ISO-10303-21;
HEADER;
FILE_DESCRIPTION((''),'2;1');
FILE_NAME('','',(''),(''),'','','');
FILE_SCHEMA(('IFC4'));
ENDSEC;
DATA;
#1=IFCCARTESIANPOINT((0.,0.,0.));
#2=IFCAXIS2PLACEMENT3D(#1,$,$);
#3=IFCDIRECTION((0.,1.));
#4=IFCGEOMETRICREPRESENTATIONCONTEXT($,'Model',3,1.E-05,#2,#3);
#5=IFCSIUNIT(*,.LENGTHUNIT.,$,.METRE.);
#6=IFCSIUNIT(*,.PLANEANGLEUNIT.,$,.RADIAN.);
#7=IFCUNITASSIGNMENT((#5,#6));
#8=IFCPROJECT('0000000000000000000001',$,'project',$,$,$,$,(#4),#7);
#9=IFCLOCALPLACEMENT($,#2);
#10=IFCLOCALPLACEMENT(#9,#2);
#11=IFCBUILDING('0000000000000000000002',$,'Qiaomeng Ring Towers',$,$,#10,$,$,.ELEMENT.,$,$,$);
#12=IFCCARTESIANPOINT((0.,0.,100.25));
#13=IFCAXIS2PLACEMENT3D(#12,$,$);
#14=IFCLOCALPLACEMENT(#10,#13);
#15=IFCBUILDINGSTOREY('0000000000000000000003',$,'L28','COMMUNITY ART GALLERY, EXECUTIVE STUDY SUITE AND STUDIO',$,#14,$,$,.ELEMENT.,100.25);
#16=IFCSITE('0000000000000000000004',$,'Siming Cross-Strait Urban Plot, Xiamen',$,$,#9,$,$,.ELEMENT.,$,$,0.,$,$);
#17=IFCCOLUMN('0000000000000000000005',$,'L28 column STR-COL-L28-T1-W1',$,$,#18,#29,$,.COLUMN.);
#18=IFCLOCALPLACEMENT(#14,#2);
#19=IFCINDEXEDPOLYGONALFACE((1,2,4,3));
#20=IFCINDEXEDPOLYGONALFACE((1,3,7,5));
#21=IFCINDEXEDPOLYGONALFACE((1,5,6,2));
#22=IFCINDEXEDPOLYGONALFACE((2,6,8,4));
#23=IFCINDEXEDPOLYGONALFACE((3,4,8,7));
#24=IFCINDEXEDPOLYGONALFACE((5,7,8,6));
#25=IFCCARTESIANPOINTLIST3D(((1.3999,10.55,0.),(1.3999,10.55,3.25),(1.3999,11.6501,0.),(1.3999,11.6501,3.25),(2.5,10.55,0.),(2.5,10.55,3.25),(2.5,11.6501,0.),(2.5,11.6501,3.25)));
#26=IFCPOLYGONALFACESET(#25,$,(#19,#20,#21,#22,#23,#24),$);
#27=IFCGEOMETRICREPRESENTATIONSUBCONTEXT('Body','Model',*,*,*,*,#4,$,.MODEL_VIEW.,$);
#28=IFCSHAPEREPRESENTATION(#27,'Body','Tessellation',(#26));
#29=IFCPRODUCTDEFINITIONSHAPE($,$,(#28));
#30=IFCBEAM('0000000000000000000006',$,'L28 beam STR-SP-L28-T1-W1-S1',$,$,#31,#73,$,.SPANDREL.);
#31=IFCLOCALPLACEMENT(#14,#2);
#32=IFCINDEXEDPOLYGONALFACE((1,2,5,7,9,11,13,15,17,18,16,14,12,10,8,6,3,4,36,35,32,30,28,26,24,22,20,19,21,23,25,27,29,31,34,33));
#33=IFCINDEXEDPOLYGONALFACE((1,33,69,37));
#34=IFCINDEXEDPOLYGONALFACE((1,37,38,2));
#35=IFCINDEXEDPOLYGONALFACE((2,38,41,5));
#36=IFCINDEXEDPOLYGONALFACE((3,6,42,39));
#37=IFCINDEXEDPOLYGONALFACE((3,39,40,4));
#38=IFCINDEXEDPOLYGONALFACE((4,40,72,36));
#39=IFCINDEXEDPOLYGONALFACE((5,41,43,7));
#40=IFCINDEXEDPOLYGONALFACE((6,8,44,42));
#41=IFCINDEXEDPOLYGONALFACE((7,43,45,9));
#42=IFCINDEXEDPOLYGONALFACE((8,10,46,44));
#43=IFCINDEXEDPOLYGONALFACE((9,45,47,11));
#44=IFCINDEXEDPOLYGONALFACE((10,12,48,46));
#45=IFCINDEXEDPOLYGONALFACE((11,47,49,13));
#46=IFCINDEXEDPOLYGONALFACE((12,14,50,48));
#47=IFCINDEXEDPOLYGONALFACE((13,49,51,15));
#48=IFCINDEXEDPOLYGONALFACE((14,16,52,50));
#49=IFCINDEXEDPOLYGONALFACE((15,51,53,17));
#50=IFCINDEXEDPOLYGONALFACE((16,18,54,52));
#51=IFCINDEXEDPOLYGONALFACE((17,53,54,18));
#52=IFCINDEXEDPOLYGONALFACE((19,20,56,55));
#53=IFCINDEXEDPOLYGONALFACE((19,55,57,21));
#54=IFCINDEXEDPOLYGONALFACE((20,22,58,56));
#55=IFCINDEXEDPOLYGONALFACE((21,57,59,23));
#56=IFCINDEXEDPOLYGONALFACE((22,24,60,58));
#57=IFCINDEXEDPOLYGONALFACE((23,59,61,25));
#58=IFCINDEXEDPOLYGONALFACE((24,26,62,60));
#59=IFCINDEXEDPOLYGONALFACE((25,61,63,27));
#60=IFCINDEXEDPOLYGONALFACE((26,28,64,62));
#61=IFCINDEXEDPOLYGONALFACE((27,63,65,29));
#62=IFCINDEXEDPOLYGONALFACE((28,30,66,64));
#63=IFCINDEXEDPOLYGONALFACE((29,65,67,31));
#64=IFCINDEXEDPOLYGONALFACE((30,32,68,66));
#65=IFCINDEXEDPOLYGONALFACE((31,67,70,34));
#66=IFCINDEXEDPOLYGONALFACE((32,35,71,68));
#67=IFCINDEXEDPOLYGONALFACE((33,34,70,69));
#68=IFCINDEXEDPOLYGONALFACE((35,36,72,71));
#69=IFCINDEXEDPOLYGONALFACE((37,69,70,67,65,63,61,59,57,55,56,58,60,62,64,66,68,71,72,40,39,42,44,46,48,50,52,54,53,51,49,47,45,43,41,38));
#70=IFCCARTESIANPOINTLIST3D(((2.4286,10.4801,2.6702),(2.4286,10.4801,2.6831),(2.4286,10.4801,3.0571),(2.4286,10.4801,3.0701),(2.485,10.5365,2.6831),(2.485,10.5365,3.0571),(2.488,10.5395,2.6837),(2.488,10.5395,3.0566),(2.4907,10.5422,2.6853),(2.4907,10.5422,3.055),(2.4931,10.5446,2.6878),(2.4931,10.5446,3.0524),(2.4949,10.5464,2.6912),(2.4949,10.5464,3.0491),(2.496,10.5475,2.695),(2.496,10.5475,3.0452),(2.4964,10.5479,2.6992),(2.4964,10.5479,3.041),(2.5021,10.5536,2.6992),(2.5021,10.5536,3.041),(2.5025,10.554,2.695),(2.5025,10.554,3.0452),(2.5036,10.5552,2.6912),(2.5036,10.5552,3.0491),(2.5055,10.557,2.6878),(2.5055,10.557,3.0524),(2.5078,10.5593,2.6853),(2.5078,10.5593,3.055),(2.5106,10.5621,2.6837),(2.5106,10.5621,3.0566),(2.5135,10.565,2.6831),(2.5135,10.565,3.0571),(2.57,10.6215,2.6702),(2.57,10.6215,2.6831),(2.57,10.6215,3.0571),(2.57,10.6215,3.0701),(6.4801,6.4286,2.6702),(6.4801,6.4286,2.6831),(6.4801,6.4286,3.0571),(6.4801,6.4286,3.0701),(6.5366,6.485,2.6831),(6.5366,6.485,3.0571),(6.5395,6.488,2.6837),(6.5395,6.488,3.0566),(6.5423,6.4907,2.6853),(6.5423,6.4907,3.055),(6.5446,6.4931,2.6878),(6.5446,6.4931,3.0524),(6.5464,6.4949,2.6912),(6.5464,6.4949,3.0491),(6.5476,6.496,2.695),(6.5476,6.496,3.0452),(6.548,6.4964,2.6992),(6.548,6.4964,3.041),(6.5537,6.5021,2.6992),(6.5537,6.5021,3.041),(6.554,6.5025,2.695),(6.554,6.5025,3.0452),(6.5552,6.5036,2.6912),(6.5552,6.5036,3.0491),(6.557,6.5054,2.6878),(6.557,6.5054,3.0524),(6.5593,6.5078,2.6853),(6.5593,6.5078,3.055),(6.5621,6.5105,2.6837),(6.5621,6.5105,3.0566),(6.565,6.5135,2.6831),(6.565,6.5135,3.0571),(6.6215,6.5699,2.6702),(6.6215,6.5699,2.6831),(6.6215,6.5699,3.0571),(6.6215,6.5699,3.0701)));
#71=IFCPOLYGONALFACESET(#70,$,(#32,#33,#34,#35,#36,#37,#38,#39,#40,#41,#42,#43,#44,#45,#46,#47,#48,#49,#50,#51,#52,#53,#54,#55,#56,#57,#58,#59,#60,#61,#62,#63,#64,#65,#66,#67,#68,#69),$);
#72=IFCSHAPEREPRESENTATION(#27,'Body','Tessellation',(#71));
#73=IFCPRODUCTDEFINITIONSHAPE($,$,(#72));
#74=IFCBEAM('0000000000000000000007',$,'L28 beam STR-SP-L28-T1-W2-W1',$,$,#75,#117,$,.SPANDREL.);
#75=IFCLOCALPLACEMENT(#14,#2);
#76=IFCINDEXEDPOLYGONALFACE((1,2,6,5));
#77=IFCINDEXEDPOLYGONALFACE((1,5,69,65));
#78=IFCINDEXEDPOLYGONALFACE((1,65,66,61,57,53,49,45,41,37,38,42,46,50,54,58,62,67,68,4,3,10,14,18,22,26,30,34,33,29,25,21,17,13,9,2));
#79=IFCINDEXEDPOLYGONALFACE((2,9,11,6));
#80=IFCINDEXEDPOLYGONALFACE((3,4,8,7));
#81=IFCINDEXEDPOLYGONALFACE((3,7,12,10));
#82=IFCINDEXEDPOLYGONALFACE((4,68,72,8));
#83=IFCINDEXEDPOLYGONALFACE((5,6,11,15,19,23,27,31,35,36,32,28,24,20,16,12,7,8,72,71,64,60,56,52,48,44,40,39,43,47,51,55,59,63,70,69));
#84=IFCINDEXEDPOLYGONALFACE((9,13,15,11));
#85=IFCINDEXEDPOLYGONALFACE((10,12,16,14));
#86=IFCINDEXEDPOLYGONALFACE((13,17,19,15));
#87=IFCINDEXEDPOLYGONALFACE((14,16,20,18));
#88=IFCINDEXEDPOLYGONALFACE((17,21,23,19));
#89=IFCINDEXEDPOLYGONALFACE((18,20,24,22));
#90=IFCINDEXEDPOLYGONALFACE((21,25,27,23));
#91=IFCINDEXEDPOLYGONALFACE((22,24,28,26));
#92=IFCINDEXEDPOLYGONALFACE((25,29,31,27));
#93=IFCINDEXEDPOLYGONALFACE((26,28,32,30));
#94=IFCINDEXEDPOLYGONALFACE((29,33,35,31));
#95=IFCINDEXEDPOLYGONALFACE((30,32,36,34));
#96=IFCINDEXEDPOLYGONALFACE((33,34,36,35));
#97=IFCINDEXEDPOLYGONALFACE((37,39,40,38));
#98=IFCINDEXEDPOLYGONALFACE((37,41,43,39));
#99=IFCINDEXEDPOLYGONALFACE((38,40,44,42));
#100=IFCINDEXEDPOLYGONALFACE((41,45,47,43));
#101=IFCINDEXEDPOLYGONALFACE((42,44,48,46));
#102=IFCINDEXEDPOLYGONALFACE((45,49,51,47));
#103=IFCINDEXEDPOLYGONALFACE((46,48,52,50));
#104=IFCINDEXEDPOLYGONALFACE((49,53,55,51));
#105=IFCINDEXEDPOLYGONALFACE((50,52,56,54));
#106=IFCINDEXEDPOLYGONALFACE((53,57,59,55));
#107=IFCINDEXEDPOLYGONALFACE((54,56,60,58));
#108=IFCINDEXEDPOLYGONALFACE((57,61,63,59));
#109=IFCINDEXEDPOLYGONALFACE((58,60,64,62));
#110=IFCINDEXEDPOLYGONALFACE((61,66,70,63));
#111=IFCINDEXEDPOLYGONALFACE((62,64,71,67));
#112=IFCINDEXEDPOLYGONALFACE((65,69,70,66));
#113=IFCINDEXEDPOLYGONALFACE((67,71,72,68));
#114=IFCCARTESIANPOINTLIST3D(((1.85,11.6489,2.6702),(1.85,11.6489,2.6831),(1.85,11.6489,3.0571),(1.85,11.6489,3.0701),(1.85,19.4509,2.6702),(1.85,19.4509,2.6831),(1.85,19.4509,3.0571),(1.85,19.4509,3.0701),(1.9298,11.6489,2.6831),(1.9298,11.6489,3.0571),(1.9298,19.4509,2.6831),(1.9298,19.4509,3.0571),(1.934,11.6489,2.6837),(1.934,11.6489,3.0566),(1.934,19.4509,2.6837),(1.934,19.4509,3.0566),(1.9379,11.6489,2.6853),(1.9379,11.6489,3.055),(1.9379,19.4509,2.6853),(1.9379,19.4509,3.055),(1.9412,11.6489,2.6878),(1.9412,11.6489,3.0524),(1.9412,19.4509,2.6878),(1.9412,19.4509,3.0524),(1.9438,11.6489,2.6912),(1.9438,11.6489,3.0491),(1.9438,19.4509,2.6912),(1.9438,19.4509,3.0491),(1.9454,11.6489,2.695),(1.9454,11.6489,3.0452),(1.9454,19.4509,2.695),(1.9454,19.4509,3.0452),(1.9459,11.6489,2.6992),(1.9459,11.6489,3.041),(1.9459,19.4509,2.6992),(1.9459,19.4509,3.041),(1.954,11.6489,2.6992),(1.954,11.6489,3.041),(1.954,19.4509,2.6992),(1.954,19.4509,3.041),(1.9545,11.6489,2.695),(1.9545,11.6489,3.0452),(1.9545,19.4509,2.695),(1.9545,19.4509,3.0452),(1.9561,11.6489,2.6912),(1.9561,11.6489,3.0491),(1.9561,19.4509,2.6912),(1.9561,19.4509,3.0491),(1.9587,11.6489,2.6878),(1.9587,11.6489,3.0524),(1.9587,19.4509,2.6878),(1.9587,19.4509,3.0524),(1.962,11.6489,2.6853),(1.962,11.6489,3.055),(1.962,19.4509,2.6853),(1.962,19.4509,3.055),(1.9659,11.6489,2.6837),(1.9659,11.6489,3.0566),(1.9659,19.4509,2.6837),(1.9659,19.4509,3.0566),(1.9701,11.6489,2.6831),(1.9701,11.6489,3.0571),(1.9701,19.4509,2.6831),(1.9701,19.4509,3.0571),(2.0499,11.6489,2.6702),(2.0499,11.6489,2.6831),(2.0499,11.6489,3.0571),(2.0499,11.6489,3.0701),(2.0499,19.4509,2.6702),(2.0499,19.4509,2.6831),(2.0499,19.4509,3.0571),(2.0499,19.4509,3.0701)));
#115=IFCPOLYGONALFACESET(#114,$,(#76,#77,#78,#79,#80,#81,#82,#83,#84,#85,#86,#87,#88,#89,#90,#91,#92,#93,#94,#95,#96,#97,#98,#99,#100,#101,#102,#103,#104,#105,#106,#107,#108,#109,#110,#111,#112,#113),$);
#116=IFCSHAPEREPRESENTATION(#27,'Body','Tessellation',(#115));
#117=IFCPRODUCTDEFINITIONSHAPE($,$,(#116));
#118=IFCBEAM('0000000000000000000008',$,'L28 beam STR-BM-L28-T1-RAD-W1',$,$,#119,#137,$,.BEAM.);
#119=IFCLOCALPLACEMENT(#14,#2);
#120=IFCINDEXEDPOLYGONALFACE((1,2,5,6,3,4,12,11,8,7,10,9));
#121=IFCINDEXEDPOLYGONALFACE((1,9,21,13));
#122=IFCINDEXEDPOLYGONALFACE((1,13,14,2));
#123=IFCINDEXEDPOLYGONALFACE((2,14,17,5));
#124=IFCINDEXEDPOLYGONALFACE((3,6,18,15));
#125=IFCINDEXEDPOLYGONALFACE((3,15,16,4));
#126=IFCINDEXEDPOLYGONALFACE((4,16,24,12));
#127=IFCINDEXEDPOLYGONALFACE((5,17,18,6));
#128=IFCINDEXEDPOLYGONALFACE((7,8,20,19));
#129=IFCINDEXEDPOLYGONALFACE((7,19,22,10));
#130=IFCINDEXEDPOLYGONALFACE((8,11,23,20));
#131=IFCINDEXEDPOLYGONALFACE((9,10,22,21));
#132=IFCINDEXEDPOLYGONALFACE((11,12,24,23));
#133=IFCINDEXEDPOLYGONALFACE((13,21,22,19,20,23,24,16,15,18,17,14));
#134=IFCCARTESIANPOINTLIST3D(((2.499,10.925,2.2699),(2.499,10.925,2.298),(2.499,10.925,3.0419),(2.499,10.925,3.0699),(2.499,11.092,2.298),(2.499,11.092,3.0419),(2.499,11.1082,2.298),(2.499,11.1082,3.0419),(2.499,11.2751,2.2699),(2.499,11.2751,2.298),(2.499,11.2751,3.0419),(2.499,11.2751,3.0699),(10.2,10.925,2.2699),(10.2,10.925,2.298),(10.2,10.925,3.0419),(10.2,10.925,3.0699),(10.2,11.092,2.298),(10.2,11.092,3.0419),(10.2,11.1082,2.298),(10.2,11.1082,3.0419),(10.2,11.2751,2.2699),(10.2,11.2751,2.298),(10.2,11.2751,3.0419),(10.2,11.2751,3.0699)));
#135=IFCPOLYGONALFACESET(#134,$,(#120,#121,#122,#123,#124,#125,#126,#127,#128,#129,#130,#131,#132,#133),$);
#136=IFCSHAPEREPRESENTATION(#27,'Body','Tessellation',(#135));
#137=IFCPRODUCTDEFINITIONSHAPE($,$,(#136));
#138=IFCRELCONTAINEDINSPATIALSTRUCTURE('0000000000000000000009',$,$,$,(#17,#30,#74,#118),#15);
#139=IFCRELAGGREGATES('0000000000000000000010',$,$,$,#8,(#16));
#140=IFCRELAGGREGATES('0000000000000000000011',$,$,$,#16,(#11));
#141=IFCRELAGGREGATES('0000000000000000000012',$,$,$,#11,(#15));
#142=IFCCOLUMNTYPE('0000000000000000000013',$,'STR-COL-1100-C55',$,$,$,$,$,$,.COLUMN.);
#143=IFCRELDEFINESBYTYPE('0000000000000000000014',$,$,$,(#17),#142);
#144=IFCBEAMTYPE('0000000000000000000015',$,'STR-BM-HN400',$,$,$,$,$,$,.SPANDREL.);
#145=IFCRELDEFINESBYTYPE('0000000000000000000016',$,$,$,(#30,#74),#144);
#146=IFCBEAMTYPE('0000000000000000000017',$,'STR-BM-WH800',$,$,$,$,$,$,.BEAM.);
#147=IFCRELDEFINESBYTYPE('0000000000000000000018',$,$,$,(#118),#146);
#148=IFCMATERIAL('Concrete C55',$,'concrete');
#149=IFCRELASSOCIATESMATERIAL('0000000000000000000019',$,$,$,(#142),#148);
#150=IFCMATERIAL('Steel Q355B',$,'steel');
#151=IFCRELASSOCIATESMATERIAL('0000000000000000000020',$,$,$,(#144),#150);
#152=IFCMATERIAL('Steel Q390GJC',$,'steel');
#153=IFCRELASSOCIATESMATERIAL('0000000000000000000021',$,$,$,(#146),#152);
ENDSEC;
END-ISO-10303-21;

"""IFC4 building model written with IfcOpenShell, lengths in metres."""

from ifc_helpers import new_model, si_unit, direction, frame, origin, origin_2d, place, context, subcontext, project, spatial, rectangle, i_section, extrude, source, transform, mapped, material, material_profile, profile_set, type_object, element, save


model = new_model("IFC4")

# Units and contexts
model_context = context("Model", 3, precision=1e-05, world=origin(), true_north=direction((0.0, 1.0)))
body_context = subcontext(model_context, "Body", "Model", "MODEL_VIEW")
ifc_project = project(units=[si_unit("LENGTHUNIT", "METRE"), si_unit("PLANEANGLEUNIT", "RADIAN")], contexts=[model_context])

# Site, building, storey
site_placement = place(None, origin())
site = spatial("IfcSite", under=ifc_project, at=site_placement, Name="Siming Cross-Strait Urban Plot, Xiamen", CompositionType="ELEMENT", RefElevation=0.0)
building_placement = place(site_placement, origin())
building = spatial("IfcBuilding", under=site, at=building_placement, Name="Qiaomeng Ring Towers", CompositionType="ELEMENT")
storey_placement = place(building_placement, frame((0.0, 0.0, 100.25)))
storey = spatial("IfcBuildingStorey", under=building, at=storey_placement, Name="L28", Description="COMMUNITY ART GALLERY, EXECUTIVE STUDY SUITE AND STUDIO", CompositionType="ELEMENT", Elevation=100.25)

# Column
ifc_material_1 = material(Name="Concrete C55", Category="concrete")
ifc_material_profile_1 = material_profile(ifc_material_1, rectangle(XDim=1.1001, YDim=1.1001, at=origin_2d()), Name="RC COL 1100x1100")
ifc_profile_set_1 = profile_set([ifc_material_profile_1], Name="Concrete C55")
column_type = type_object("IfcColumnType", Name="STR-COL-1100-C55", PredefinedType="COLUMN", material=ifc_profile_set_1)
shared_shape_1 = source(origin(), body_context, "Body", "SweptSolid", [
    extrude(rectangle(XDim=1.1001, YDim=1.1001, at=origin_2d()), origin(), (0.0, 0.0, 1.0), 3.25),
])
column_placement = place(storey_placement, frame((1.95, 11.1001, 0.0), z_axis=(0.0, 0.0, 1.0), x_axis=(1.0, 0.0, 0.0)))
element("IfcColumn", 1, at=column_placement, inside=storey, type_object=column_type, Name="L28 column STR-COL-L28-T1-W1", PredefinedType="COLUMN", context=body_context, shape_type="MappedRepresentation", body=[
    mapped(shared_shape_1, transform((0.0, 0.0, 0.0), x_axis=(1.0, 0.0, 0.0), y_axis=(0.0, 1.0, 0.0), z_axis=(0.0, 0.0, 1.0), scale=1.0)),
])

# Beams
ifc_material_2 = material(Name="Steel Q355B", Category="steel")
ifc_material_profile_2 = material_profile(ifc_material_2, i_section(OverallWidth=0.2, OverallDepth=0.3999, WebThickness=0.0081, FlangeThickness=0.0129, FilletRadius=0.0161, at=origin_2d()), Name="HN 400x200x8x13")
ifc_profile_set_2 = profile_set([ifc_material_profile_2], Name="Steel Q355B")
beam_type_1 = type_object("IfcBeamType", Name="STR-BM-HN400", PredefinedType="SPANDREL", material=ifc_profile_set_2)
shared_shape_2 = source(origin(), body_context, "Body", "SweptSolid", [
    extrude(i_section(OverallWidth=0.2, OverallDepth=0.3999, WebThickness=0.0081, FlangeThickness=0.0129, FilletRadius=0.0161, at=origin_2d()), origin(), (0.0, 0.0, 1.0), 5.7297),
])
beam_1_placement = place(storey_placement, frame((2.4993, 10.5508, 2.8701), z_axis=(0.707107, -0.707107, 0.0), x_axis=(0.707107, 0.707107, 0.0)))
element("IfcBeam", 2, at=beam_1_placement, inside=storey, type_object=beam_type_1, Name="L28 beam STR-SP-L28-T1-W1-S1", PredefinedType="SPANDREL", context=body_context, shape_type="MappedRepresentation", body=[
    mapped(shared_shape_2, transform((0.0, 0.0, 0.0), x_axis=(1.0, 0.0, 0.0), y_axis=(0.0, 1.0, 0.0), z_axis=(0.0, 0.0, 1.0), scale=1.0)),
])
shared_shape_3 = source(origin(), body_context, "Body", "SweptSolid", [
    extrude(i_section(OverallWidth=0.2, OverallDepth=0.3999, WebThickness=0.0081, FlangeThickness=0.0129, FilletRadius=0.0161, at=origin_2d()), origin(), (0.0, 0.0, 1.0), 7.802),
])
beam_2_placement = place(storey_placement, frame((1.95, 19.4509, 2.8701), z_axis=(0.0, -1.0, 0.0), x_axis=(1.0, 0.0, 0.0)))
element("IfcBeam", 3, at=beam_2_placement, inside=storey, type_object=beam_type_1, Name="L28 beam STR-SP-L28-T1-W2-W1", PredefinedType="SPANDREL", context=body_context, shape_type="MappedRepresentation", body=[
    mapped(shared_shape_3, transform((0.0, 0.0, 0.0), x_axis=(1.0, 0.0, 0.0), y_axis=(0.0, 1.0, 0.0), z_axis=(0.0, 0.0, 1.0), scale=1.0)),
])
ifc_material_3 = material(Name="Steel Q390GJC", Category="steel")
ifc_material_profile_3 = material_profile(ifc_material_3, i_section(OverallWidth=0.3501, OverallDepth=0.8, WebThickness=0.0161, FlangeThickness=0.0281, at=origin_2d()), Name="WH 800x350x16x28")
ifc_profile_set_3 = profile_set([ifc_material_profile_3], Name="Steel Q390GJC")
beam_type_2 = type_object("IfcBeamType", Name="STR-BM-WH800", PredefinedType="BEAM", material=ifc_profile_set_3)
shared_shape_4 = source(origin(), body_context, "Body", "SweptSolid", [
    extrude(i_section(OverallWidth=0.3501, OverallDepth=0.8, WebThickness=0.0161, FlangeThickness=0.0281, at=origin_2d()), origin(), (0.0, 0.0, 1.0), 7.7009),
])
beam_3_placement = place(storey_placement, frame((2.499, 11.1001, 2.6699), z_axis=(1.0, 0.0, 0.0), x_axis=(0.0, 1.0, 0.0)))
element("IfcBeam", 4, at=beam_3_placement, inside=storey, type_object=beam_type_2, Name="L28 beam STR-BM-L28-T1-RAD-W1", PredefinedType="BEAM", context=body_context, shape_type="MappedRepresentation", body=[
    mapped(shared_shape_4, transform((0.0, 0.0, 0.0), x_axis=(1.0, 0.0, 0.0), y_axis=(0.0, 1.0, 0.0), z_axis=(0.0, 0.0, 1.0), scale=1.0)),
])

save(model, "model.ifc")
